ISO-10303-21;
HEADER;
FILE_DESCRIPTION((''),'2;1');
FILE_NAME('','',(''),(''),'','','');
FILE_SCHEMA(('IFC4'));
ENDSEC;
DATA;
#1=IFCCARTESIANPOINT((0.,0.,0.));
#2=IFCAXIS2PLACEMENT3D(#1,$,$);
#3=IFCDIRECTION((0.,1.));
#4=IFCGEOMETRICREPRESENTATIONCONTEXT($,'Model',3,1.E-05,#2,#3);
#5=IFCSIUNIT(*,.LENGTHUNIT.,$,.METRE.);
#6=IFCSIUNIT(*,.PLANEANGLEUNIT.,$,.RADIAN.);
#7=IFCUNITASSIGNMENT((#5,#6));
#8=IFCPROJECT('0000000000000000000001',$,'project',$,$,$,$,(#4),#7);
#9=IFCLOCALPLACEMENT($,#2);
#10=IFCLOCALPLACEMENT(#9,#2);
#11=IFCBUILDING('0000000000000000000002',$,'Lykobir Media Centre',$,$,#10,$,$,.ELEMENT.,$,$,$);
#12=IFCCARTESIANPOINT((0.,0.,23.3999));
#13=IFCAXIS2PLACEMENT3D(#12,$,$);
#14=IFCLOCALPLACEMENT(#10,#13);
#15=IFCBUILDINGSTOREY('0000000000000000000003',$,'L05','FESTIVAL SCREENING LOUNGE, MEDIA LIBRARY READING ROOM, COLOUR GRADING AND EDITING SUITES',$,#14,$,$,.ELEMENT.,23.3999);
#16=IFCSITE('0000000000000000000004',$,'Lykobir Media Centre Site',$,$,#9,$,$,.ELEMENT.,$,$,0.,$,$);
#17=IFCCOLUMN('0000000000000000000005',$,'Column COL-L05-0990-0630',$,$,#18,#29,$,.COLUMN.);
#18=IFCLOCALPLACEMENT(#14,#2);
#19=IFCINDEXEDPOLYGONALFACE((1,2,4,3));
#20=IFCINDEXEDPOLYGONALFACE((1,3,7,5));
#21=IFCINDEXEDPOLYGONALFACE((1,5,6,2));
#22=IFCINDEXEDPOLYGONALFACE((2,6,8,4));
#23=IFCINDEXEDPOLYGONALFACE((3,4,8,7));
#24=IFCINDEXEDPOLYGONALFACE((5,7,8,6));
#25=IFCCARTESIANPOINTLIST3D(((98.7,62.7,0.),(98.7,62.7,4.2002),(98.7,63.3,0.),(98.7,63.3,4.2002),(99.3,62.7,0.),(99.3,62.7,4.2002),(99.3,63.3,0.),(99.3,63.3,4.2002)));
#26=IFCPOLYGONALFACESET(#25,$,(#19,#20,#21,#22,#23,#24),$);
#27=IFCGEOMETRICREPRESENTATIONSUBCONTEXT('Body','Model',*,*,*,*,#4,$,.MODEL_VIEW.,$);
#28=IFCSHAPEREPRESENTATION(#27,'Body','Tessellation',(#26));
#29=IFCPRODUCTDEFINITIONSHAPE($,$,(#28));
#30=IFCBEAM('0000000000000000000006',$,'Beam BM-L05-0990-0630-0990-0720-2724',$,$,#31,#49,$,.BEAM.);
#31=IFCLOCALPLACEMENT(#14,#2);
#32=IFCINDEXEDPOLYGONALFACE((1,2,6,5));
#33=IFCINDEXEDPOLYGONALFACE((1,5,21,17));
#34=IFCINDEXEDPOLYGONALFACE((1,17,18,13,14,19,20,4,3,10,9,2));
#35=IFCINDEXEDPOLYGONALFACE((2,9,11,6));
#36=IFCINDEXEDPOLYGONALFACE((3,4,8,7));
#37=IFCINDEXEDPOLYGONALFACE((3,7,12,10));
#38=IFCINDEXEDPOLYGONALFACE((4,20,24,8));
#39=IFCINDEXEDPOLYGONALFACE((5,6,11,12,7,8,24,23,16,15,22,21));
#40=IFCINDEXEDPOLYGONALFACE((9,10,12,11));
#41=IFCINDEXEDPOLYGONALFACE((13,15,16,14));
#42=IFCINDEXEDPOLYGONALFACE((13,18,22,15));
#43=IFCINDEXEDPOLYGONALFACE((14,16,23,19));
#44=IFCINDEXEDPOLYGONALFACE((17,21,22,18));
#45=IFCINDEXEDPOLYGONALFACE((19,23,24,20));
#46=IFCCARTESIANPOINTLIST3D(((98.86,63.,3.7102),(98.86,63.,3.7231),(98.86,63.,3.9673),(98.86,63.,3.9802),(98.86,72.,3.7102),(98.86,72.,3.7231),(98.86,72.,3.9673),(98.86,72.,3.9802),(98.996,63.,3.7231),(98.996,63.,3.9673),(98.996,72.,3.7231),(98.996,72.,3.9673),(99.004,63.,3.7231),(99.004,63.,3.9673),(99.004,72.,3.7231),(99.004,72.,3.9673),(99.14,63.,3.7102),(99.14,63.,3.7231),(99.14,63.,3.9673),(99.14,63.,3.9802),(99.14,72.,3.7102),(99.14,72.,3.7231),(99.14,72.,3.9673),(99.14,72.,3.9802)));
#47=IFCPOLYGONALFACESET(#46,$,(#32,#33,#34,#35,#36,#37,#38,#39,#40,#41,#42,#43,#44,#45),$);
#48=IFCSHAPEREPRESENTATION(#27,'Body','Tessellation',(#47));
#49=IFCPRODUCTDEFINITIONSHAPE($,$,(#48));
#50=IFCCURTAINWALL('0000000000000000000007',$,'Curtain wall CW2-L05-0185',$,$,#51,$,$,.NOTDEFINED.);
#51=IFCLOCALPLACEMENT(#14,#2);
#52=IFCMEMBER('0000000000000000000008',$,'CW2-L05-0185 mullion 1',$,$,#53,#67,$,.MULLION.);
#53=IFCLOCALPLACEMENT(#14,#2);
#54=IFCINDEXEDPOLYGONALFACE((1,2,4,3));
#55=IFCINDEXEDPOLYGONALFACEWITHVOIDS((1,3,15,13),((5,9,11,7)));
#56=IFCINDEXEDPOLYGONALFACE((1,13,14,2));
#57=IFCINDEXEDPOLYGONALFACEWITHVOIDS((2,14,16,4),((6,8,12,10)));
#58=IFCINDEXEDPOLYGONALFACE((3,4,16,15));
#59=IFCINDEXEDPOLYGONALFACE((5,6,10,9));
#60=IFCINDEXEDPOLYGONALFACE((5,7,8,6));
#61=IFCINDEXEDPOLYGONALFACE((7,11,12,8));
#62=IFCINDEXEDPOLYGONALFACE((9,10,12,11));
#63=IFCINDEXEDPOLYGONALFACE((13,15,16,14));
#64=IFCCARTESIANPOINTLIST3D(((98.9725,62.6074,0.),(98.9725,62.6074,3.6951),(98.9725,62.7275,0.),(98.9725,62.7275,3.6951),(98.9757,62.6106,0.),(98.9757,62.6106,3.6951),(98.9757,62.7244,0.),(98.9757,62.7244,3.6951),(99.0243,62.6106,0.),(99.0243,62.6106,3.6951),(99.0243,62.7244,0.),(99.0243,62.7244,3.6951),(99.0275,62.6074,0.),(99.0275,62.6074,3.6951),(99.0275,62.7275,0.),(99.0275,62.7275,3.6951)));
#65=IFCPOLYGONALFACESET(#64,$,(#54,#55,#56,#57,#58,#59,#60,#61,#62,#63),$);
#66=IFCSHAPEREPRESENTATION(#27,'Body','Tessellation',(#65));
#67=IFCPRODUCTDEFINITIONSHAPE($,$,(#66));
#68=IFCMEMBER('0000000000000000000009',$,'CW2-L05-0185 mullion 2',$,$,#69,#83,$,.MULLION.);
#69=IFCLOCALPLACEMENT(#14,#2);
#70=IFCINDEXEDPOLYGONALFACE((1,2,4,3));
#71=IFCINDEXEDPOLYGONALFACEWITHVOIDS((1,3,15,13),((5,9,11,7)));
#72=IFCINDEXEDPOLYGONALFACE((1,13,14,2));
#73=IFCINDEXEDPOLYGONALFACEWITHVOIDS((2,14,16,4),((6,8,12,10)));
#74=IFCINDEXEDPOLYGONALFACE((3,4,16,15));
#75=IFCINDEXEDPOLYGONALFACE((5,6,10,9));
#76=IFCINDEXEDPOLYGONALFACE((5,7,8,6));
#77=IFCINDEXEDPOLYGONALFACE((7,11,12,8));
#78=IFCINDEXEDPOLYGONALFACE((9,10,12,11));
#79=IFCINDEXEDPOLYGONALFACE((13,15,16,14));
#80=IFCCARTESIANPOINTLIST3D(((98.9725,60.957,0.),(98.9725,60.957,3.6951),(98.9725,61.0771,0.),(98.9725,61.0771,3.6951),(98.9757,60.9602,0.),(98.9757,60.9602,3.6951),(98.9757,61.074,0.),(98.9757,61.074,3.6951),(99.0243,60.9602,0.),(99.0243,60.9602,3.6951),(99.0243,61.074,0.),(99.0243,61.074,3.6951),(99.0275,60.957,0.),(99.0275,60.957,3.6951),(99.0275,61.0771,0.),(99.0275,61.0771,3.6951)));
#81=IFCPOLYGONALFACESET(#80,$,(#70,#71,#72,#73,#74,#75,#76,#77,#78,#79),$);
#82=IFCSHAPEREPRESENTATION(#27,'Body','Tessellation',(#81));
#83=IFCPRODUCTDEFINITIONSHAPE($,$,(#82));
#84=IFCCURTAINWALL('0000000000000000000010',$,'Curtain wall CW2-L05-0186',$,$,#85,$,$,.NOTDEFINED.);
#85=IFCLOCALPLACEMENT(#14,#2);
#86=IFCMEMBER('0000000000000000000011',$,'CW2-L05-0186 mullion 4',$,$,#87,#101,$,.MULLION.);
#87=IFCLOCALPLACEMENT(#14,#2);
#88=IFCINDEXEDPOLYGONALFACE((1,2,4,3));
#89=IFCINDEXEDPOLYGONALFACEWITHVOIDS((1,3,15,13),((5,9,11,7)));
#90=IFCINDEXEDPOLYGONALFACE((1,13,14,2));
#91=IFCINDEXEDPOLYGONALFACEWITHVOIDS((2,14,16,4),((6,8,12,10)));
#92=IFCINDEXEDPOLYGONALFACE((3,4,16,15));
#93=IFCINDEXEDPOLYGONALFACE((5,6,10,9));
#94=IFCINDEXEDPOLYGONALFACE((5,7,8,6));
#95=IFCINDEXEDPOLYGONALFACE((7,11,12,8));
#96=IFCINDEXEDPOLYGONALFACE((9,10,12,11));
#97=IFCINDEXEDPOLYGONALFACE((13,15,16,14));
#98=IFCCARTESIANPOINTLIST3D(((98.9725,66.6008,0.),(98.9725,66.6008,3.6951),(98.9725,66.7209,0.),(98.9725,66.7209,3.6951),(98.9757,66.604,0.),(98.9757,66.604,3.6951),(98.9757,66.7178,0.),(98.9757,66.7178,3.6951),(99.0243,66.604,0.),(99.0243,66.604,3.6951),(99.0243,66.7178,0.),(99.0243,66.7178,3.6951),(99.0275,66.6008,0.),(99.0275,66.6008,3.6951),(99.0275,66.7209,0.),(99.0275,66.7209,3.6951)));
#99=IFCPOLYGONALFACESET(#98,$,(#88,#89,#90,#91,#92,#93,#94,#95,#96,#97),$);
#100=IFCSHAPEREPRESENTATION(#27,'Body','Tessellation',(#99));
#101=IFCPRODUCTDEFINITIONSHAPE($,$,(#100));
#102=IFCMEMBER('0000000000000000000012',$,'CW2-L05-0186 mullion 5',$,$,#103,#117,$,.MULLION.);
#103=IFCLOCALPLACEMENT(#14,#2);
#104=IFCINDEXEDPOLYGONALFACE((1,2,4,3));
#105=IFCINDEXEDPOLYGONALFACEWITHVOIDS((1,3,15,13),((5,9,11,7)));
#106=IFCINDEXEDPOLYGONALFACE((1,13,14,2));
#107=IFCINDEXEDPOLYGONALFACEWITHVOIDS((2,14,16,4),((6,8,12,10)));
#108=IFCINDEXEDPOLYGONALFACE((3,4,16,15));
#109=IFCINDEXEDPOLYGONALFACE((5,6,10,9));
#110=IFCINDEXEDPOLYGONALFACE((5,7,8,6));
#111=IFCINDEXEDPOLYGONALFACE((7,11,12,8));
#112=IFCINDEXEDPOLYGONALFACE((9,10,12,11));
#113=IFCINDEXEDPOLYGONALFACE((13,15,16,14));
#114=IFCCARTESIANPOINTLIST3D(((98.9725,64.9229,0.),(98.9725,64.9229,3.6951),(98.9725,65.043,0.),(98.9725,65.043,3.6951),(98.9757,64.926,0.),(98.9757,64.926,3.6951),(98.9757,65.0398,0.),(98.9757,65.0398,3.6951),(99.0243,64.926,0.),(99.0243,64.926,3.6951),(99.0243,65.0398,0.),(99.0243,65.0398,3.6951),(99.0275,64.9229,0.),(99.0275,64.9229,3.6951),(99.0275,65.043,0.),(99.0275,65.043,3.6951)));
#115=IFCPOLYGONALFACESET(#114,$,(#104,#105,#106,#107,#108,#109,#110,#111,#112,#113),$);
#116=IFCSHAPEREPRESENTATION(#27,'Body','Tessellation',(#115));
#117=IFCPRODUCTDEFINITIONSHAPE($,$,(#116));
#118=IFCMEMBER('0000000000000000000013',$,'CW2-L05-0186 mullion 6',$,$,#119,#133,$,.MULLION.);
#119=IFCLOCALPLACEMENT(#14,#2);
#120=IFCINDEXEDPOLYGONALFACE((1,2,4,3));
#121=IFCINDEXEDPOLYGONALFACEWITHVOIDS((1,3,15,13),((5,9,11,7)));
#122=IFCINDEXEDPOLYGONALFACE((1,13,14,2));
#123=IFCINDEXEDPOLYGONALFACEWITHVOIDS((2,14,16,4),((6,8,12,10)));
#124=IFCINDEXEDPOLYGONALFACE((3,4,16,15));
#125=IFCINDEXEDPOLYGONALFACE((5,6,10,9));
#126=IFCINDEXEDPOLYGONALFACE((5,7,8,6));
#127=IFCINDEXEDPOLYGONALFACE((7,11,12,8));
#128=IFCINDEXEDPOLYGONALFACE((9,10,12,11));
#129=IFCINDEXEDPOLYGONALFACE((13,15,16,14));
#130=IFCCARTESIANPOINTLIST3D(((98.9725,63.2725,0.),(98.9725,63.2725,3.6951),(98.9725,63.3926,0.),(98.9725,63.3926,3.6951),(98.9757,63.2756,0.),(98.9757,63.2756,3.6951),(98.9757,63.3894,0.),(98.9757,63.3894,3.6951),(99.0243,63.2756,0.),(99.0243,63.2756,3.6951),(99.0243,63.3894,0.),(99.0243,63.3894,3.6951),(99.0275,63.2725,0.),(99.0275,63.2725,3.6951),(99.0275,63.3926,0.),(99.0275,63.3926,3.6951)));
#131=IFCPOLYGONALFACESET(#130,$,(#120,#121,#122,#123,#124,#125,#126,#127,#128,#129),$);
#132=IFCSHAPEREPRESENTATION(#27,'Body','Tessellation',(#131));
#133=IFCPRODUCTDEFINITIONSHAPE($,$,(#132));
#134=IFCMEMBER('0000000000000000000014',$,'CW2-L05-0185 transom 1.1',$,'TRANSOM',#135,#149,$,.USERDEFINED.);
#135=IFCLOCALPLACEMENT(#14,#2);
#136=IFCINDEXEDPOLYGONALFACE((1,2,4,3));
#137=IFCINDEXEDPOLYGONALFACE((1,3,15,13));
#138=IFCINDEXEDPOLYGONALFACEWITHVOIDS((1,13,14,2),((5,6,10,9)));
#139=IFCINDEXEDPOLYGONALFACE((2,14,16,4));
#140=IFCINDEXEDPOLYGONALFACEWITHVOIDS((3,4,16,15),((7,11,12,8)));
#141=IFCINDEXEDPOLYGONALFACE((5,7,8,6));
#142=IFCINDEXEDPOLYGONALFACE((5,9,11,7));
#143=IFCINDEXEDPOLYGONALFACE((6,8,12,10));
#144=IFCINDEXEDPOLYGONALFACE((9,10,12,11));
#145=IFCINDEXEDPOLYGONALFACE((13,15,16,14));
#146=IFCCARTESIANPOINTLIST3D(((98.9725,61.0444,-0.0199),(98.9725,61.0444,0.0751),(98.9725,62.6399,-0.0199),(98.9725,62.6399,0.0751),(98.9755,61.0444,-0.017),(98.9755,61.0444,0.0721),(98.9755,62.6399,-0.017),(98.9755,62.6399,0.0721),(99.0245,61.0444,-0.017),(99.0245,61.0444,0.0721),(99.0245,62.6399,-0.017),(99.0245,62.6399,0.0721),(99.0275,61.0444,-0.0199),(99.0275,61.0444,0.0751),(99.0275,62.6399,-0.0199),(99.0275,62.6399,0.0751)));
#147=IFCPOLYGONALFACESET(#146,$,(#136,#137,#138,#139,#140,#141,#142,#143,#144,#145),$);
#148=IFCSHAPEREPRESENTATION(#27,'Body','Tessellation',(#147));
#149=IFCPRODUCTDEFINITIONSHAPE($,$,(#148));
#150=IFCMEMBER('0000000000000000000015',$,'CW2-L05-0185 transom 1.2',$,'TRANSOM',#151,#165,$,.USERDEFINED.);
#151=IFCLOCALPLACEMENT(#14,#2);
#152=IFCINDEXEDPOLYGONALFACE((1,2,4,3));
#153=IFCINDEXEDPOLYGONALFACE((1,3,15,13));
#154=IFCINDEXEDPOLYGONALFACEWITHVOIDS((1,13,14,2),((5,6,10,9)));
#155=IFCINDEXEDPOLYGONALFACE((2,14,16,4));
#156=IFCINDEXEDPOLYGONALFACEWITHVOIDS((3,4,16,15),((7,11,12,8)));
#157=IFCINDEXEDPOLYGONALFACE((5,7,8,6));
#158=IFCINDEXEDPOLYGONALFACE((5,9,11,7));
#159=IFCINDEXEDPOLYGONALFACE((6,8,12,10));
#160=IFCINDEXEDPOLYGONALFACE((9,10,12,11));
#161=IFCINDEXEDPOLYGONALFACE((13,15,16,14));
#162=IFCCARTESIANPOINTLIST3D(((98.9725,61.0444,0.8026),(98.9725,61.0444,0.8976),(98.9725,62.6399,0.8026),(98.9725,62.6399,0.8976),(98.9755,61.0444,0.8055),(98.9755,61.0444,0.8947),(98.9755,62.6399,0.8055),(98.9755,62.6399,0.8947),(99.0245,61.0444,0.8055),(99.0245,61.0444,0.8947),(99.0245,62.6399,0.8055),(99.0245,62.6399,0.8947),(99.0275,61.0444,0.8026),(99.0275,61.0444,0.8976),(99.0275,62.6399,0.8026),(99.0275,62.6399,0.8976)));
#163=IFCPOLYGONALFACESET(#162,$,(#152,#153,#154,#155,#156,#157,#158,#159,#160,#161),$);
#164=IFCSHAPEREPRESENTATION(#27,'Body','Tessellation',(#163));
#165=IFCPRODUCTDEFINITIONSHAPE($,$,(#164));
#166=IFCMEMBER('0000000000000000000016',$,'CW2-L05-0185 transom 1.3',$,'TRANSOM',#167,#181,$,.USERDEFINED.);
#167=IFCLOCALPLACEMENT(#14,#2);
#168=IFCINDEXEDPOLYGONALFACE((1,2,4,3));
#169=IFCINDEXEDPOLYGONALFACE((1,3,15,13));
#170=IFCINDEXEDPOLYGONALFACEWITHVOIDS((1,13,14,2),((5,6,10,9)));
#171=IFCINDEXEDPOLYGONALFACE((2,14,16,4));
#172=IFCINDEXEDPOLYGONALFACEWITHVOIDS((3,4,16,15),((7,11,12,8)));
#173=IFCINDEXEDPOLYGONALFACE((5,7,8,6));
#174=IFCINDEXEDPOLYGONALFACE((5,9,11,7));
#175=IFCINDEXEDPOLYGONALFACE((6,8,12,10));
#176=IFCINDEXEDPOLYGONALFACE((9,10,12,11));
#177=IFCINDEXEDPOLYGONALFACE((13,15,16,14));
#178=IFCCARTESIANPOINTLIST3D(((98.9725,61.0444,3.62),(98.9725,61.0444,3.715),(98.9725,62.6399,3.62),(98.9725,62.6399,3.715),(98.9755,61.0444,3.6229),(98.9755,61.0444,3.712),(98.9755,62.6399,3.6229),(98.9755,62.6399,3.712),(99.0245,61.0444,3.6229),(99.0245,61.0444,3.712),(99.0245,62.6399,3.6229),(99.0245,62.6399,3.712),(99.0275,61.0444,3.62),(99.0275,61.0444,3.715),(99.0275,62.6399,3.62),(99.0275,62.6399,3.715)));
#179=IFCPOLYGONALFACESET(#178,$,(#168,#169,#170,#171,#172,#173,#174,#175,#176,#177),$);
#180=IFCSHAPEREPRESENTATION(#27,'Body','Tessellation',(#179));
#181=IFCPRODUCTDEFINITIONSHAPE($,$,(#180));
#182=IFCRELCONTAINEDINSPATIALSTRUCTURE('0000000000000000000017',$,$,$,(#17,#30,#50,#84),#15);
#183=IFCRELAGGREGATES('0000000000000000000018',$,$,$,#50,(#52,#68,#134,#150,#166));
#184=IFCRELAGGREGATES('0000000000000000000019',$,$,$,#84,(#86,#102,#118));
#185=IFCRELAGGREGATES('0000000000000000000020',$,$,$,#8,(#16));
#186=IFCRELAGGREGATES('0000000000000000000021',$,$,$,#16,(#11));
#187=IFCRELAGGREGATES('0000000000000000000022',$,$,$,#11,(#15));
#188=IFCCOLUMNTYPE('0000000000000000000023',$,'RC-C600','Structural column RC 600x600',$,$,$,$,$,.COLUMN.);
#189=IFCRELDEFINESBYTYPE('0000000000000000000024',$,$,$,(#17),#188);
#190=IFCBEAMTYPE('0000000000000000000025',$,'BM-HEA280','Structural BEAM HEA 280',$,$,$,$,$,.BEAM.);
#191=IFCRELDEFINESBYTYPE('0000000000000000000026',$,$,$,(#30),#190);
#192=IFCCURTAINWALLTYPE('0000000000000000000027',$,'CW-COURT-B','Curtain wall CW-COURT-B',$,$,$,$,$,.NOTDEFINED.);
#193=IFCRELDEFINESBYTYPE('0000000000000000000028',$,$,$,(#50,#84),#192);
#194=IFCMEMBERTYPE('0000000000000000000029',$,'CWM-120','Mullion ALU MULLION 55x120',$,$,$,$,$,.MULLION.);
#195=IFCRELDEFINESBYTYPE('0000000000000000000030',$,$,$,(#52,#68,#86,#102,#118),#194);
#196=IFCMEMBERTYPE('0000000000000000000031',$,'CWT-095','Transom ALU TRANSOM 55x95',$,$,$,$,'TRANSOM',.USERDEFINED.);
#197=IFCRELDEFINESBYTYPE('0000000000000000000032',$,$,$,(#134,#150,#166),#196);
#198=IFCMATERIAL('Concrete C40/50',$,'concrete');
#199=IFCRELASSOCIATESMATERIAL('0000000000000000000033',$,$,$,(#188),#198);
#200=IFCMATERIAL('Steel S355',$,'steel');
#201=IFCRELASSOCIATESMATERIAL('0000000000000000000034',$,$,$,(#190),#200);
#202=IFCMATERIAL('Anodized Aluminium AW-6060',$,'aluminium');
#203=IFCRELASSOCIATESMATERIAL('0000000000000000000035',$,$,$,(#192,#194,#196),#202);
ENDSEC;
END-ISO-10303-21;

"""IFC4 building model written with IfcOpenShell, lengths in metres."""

from ifc_helpers import new_model, si_unit, direction, frame, origin, origin_2d, place, context, subcontext, project, spatial, rectangle, hollow_rectangle, i_section, extrude, material, material_profile, profile_set, type_object, element, aggregate, save


model = new_model("IFC4")

# Units and contexts
model_context = context("Model", 3, precision=1e-05, world=origin(), true_north=direction((0.0, 1.0)))
body_context = subcontext(model_context, "Body", "Model", "MODEL_VIEW")
ifc_project = project(units=[si_unit("LENGTHUNIT", "METRE"), si_unit("PLANEANGLEUNIT", "RADIAN")], contexts=[model_context])

# Site, building, storey
site_placement = place(None, origin())
site = spatial("IfcSite", under=ifc_project, at=site_placement, Name="Lykobir Media Centre Site", CompositionType="ELEMENT", RefElevation=0.0)
building_placement = place(site_placement, origin())
building = spatial("IfcBuilding", under=site, at=building_placement, Name="Lykobir Media Centre", CompositionType="ELEMENT")
storey_placement = place(building_placement, frame((0.0, 0.0, 23.3999)))
storey = spatial("IfcBuildingStorey", under=building, at=storey_placement, Name="L05", Description="FESTIVAL SCREENING LOUNGE, MEDIA LIBRARY READING ROOM, COLOUR GRADING AND EDITING SUITES", CompositionType="ELEMENT", Elevation=23.3999)

# Column
ifc_material_1 = material(Name="Concrete C40/50", Category="concrete")
ifc_material_profile_1 = material_profile(ifc_material_1, rectangle(XDim=0.6001, YDim=0.6001, at=origin_2d()), Name="RC 600x600")
ifc_profile_set_1 = profile_set([ifc_material_profile_1], Name="Concrete C40/50")
column_type = type_object("IfcColumnType", Name="RC-C600", Description="Structural column RC 600x600", PredefinedType="COLUMN", material=ifc_profile_set_1)
column_placement = place(storey_placement, frame((99.0, 63.0, 0.0), z_axis=(0.0, 0.0, 1.0), x_axis=(1.0, 0.0, 0.0)))
element("IfcColumn", 1, at=column_placement, inside=storey, type_object=column_type, Name="Column COL-L05-0990-0630", PredefinedType="COLUMN", context=body_context, shape_type="SweptSolid", body=[
    extrude(rectangle(XDim=0.6001, YDim=0.6001, at=origin_2d()), origin(), (0.0, 0.0, 1.0), 4.2002),
])

# Beam
ifc_material_2 = material(Name="Steel S355", Category="steel")
ifc_material_profile_2 = material_profile(ifc_material_2, i_section(OverallWidth=0.28, OverallDepth=0.27, WebThickness=0.0081, FlangeThickness=0.0129, at=origin_2d()), Name="HEA 280")
ifc_profile_set_2 = profile_set([ifc_material_profile_2], Name="Steel S355")
beam_type = type_object("IfcBeamType", Name="BM-HEA280", Description="Structural BEAM HEA 280", PredefinedType="BEAM", material=ifc_profile_set_2)
beam_placement = place(storey_placement, frame((99.0, 63.0, 3.8452), z_axis=(0.0, 1.0, 0.0), x_axis=(-1.0, 0.0, 0.0)))
element("IfcBeam", 2, at=beam_placement, inside=storey, type_object=beam_type, Name="Beam BM-L05-0990-0630-0990-0720-2724", PredefinedType="BEAM", context=body_context, shape_type="SweptSolid", body=[
    extrude(i_section(OverallWidth=0.28, OverallDepth=0.27, WebThickness=0.0081, FlangeThickness=0.0129, at=origin_2d()), origin(), (0.0, 0.0, 1.0), 9.0),
])

# Curtain walls, members
ifc_material_3 = material(Name="Anodized Aluminium AW-6060", Category="aluminium")
curtain_wall_type = type_object("IfcCurtainWallType", Name="CW-COURT-B", Description="Curtain wall CW-COURT-B", PredefinedType="NOTDEFINED", material=ifc_material_3)
curtain_wall_1_placement = place(storey_placement, origin())
curtain_wall_1 = element("IfcCurtainWall", 3, at=curtain_wall_1_placement, inside=storey, type_object=curtain_wall_type, Name="Curtain wall CW2-L05-0185", PredefinedType="NOTDEFINED")
ifc_material_profile_3 = material_profile(ifc_material_3, hollow_rectangle(XDim=0.0549, YDim=0.1201, WallThickness=0.0032, at=origin_2d()), Name="ALU MULLION 55x120")
ifc_profile_set_3 = profile_set([ifc_material_profile_3], Name="Anodized Aluminium AW-6060")
member_type_1 = type_object("IfcMemberType", Name="CWM-120", Description="Mullion ALU MULLION 55x120", PredefinedType="MULLION", material=ifc_profile_set_3)
member_1_placement = place(storey_placement, frame((99.0, 62.6675, 0.0), z_axis=(0.0, 0.0, 1.0), x_axis=(1.0, 0.0, 0.0)))
member_1 = element("IfcMember", 4, at=member_1_placement, type_object=member_type_1, Name="CW2-L05-0185 mullion 1", PredefinedType="MULLION", context=body_context, shape_type="SweptSolid", body=[
    extrude(hollow_rectangle(XDim=0.0549, YDim=0.1201, WallThickness=0.0032, at=origin_2d()), origin(), (0.0, 0.0, 1.0), 3.6951),
])
member_2_placement = place(storey_placement, frame((99.0, 61.0171, 0.0), z_axis=(0.0, 0.0, 1.0), x_axis=(1.0, 0.0, 0.0)))
member_2 = element("IfcMember", 5, at=member_2_placement, type_object=member_type_1, Name="CW2-L05-0185 mullion 2", PredefinedType="MULLION", context=body_context, shape_type="SweptSolid", body=[
    extrude(hollow_rectangle(XDim=0.0549, YDim=0.1201, WallThickness=0.0032, at=origin_2d()), origin(), (0.0, 0.0, 1.0), 3.6951),
])
curtain_wall_2_placement = place(storey_placement, origin())
curtain_wall_2 = element("IfcCurtainWall", 6, at=curtain_wall_2_placement, inside=storey, type_object=curtain_wall_type, Name="Curtain wall CW2-L05-0186", PredefinedType="NOTDEFINED")
member_3_placement = place(storey_placement, frame((99.0, 66.6609, 0.0), z_axis=(0.0, 0.0, 1.0), x_axis=(1.0, 0.0, 0.0)))
member_3 = element("IfcMember", 7, at=member_3_placement, type_object=member_type_1, Name="CW2-L05-0186 mullion 4", PredefinedType="MULLION", context=body_context, shape_type="SweptSolid", body=[
    extrude(hollow_rectangle(XDim=0.0549, YDim=0.1201, WallThickness=0.0032, at=origin_2d()), origin(), (0.0, 0.0, 1.0), 3.6951),
])
member_4_placement = place(storey_placement, frame((99.0, 64.9829, 0.0), z_axis=(0.0, 0.0, 1.0), x_axis=(1.0, 0.0, 0.0)))
member_4 = element("IfcMember", 8, at=member_4_placement, type_object=member_type_1, Name="CW2-L05-0186 mullion 5", PredefinedType="MULLION", context=body_context, shape_type="SweptSolid", body=[
    extrude(hollow_rectangle(XDim=0.0549, YDim=0.1201, WallThickness=0.0032, at=origin_2d()), origin(), (0.0, 0.0, 1.0), 3.6951),
])
member_5_placement = place(storey_placement, frame((99.0, 63.3325, 0.0), z_axis=(0.0, 0.0, 1.0), x_axis=(1.0, 0.0, 0.0)))
member_5 = element("IfcMember", 9, at=member_5_placement, type_object=member_type_1, Name="CW2-L05-0186 mullion 6", PredefinedType="MULLION", context=body_context, shape_type="SweptSolid", body=[
    extrude(hollow_rectangle(XDim=0.0549, YDim=0.1201, WallThickness=0.0032, at=origin_2d()), origin(), (0.0, 0.0, 1.0), 3.6951),
])

# Members
ifc_material_profile_4 = material_profile(ifc_material_3, hollow_rectangle(XDim=0.0549, YDim=0.095, WallThickness=0.0029, at=origin_2d()), Name="ALU TRANSOM 55x95")
ifc_profile_set_4 = profile_set([ifc_material_profile_4], Name="Anodized Aluminium AW-6060")
member_type_2 = type_object("IfcMemberType", Name="CWT-095", Description="Transom ALU TRANSOM 55x95", ElementType="TRANSOM", PredefinedType="USERDEFINED", material=ifc_profile_set_4)
member_6_placement = place(storey_placement, frame((99.0, 62.6399, 0.0276), z_axis=(0.0, -1.0, 0.0), x_axis=(1.0, 0.0, 0.0)))
member_6 = element("IfcMember", 10, at=member_6_placement, type_object=member_type_2, Name="CW2-L05-0185 transom 1.1", ObjectType="TRANSOM", PredefinedType="USERDEFINED", context=body_context, shape_type="SweptSolid", body=[
    extrude(hollow_rectangle(XDim=0.0549, YDim=0.095, WallThickness=0.0029, at=origin_2d()), origin(), (0.0, 0.0, 1.0), 1.5955),
])
member_7_placement = place(storey_placement, frame((99.0, 62.6399, 0.8501), z_axis=(0.0, -1.0, 0.0), x_axis=(1.0, 0.0, 0.0)))
member_7 = element("IfcMember", 11, at=member_7_placement, type_object=member_type_2, Name="CW2-L05-0185 transom 1.2", ObjectType="TRANSOM", PredefinedType="USERDEFINED", context=body_context, shape_type="SweptSolid", body=[
    extrude(hollow_rectangle(XDim=0.0549, YDim=0.095, WallThickness=0.0029, at=origin_2d()), origin(), (0.0, 0.0, 1.0), 1.5955),
])
member_8_placement = place(storey_placement, frame((99.0, 62.6399, 3.6675), z_axis=(0.0, -1.0, 0.0), x_axis=(1.0, 0.0, 0.0)))
member_8 = element("IfcMember", 12, at=member_8_placement, type_object=member_type_2, Name="CW2-L05-0185 transom 1.3", ObjectType="TRANSOM", PredefinedType="USERDEFINED", context=body_context, shape_type="SweptSolid", body=[
    extrude(hollow_rectangle(XDim=0.0549, YDim=0.095, WallThickness=0.0029, at=origin_2d()), origin(), (0.0, 0.0, 1.0), 1.5955),
])

aggregate(curtain_wall_1, [member_1, member_2, member_6, member_7, member_8])
aggregate(curtain_wall_2, [member_3, member_4, member_5])

save(model, "model.ifc")
